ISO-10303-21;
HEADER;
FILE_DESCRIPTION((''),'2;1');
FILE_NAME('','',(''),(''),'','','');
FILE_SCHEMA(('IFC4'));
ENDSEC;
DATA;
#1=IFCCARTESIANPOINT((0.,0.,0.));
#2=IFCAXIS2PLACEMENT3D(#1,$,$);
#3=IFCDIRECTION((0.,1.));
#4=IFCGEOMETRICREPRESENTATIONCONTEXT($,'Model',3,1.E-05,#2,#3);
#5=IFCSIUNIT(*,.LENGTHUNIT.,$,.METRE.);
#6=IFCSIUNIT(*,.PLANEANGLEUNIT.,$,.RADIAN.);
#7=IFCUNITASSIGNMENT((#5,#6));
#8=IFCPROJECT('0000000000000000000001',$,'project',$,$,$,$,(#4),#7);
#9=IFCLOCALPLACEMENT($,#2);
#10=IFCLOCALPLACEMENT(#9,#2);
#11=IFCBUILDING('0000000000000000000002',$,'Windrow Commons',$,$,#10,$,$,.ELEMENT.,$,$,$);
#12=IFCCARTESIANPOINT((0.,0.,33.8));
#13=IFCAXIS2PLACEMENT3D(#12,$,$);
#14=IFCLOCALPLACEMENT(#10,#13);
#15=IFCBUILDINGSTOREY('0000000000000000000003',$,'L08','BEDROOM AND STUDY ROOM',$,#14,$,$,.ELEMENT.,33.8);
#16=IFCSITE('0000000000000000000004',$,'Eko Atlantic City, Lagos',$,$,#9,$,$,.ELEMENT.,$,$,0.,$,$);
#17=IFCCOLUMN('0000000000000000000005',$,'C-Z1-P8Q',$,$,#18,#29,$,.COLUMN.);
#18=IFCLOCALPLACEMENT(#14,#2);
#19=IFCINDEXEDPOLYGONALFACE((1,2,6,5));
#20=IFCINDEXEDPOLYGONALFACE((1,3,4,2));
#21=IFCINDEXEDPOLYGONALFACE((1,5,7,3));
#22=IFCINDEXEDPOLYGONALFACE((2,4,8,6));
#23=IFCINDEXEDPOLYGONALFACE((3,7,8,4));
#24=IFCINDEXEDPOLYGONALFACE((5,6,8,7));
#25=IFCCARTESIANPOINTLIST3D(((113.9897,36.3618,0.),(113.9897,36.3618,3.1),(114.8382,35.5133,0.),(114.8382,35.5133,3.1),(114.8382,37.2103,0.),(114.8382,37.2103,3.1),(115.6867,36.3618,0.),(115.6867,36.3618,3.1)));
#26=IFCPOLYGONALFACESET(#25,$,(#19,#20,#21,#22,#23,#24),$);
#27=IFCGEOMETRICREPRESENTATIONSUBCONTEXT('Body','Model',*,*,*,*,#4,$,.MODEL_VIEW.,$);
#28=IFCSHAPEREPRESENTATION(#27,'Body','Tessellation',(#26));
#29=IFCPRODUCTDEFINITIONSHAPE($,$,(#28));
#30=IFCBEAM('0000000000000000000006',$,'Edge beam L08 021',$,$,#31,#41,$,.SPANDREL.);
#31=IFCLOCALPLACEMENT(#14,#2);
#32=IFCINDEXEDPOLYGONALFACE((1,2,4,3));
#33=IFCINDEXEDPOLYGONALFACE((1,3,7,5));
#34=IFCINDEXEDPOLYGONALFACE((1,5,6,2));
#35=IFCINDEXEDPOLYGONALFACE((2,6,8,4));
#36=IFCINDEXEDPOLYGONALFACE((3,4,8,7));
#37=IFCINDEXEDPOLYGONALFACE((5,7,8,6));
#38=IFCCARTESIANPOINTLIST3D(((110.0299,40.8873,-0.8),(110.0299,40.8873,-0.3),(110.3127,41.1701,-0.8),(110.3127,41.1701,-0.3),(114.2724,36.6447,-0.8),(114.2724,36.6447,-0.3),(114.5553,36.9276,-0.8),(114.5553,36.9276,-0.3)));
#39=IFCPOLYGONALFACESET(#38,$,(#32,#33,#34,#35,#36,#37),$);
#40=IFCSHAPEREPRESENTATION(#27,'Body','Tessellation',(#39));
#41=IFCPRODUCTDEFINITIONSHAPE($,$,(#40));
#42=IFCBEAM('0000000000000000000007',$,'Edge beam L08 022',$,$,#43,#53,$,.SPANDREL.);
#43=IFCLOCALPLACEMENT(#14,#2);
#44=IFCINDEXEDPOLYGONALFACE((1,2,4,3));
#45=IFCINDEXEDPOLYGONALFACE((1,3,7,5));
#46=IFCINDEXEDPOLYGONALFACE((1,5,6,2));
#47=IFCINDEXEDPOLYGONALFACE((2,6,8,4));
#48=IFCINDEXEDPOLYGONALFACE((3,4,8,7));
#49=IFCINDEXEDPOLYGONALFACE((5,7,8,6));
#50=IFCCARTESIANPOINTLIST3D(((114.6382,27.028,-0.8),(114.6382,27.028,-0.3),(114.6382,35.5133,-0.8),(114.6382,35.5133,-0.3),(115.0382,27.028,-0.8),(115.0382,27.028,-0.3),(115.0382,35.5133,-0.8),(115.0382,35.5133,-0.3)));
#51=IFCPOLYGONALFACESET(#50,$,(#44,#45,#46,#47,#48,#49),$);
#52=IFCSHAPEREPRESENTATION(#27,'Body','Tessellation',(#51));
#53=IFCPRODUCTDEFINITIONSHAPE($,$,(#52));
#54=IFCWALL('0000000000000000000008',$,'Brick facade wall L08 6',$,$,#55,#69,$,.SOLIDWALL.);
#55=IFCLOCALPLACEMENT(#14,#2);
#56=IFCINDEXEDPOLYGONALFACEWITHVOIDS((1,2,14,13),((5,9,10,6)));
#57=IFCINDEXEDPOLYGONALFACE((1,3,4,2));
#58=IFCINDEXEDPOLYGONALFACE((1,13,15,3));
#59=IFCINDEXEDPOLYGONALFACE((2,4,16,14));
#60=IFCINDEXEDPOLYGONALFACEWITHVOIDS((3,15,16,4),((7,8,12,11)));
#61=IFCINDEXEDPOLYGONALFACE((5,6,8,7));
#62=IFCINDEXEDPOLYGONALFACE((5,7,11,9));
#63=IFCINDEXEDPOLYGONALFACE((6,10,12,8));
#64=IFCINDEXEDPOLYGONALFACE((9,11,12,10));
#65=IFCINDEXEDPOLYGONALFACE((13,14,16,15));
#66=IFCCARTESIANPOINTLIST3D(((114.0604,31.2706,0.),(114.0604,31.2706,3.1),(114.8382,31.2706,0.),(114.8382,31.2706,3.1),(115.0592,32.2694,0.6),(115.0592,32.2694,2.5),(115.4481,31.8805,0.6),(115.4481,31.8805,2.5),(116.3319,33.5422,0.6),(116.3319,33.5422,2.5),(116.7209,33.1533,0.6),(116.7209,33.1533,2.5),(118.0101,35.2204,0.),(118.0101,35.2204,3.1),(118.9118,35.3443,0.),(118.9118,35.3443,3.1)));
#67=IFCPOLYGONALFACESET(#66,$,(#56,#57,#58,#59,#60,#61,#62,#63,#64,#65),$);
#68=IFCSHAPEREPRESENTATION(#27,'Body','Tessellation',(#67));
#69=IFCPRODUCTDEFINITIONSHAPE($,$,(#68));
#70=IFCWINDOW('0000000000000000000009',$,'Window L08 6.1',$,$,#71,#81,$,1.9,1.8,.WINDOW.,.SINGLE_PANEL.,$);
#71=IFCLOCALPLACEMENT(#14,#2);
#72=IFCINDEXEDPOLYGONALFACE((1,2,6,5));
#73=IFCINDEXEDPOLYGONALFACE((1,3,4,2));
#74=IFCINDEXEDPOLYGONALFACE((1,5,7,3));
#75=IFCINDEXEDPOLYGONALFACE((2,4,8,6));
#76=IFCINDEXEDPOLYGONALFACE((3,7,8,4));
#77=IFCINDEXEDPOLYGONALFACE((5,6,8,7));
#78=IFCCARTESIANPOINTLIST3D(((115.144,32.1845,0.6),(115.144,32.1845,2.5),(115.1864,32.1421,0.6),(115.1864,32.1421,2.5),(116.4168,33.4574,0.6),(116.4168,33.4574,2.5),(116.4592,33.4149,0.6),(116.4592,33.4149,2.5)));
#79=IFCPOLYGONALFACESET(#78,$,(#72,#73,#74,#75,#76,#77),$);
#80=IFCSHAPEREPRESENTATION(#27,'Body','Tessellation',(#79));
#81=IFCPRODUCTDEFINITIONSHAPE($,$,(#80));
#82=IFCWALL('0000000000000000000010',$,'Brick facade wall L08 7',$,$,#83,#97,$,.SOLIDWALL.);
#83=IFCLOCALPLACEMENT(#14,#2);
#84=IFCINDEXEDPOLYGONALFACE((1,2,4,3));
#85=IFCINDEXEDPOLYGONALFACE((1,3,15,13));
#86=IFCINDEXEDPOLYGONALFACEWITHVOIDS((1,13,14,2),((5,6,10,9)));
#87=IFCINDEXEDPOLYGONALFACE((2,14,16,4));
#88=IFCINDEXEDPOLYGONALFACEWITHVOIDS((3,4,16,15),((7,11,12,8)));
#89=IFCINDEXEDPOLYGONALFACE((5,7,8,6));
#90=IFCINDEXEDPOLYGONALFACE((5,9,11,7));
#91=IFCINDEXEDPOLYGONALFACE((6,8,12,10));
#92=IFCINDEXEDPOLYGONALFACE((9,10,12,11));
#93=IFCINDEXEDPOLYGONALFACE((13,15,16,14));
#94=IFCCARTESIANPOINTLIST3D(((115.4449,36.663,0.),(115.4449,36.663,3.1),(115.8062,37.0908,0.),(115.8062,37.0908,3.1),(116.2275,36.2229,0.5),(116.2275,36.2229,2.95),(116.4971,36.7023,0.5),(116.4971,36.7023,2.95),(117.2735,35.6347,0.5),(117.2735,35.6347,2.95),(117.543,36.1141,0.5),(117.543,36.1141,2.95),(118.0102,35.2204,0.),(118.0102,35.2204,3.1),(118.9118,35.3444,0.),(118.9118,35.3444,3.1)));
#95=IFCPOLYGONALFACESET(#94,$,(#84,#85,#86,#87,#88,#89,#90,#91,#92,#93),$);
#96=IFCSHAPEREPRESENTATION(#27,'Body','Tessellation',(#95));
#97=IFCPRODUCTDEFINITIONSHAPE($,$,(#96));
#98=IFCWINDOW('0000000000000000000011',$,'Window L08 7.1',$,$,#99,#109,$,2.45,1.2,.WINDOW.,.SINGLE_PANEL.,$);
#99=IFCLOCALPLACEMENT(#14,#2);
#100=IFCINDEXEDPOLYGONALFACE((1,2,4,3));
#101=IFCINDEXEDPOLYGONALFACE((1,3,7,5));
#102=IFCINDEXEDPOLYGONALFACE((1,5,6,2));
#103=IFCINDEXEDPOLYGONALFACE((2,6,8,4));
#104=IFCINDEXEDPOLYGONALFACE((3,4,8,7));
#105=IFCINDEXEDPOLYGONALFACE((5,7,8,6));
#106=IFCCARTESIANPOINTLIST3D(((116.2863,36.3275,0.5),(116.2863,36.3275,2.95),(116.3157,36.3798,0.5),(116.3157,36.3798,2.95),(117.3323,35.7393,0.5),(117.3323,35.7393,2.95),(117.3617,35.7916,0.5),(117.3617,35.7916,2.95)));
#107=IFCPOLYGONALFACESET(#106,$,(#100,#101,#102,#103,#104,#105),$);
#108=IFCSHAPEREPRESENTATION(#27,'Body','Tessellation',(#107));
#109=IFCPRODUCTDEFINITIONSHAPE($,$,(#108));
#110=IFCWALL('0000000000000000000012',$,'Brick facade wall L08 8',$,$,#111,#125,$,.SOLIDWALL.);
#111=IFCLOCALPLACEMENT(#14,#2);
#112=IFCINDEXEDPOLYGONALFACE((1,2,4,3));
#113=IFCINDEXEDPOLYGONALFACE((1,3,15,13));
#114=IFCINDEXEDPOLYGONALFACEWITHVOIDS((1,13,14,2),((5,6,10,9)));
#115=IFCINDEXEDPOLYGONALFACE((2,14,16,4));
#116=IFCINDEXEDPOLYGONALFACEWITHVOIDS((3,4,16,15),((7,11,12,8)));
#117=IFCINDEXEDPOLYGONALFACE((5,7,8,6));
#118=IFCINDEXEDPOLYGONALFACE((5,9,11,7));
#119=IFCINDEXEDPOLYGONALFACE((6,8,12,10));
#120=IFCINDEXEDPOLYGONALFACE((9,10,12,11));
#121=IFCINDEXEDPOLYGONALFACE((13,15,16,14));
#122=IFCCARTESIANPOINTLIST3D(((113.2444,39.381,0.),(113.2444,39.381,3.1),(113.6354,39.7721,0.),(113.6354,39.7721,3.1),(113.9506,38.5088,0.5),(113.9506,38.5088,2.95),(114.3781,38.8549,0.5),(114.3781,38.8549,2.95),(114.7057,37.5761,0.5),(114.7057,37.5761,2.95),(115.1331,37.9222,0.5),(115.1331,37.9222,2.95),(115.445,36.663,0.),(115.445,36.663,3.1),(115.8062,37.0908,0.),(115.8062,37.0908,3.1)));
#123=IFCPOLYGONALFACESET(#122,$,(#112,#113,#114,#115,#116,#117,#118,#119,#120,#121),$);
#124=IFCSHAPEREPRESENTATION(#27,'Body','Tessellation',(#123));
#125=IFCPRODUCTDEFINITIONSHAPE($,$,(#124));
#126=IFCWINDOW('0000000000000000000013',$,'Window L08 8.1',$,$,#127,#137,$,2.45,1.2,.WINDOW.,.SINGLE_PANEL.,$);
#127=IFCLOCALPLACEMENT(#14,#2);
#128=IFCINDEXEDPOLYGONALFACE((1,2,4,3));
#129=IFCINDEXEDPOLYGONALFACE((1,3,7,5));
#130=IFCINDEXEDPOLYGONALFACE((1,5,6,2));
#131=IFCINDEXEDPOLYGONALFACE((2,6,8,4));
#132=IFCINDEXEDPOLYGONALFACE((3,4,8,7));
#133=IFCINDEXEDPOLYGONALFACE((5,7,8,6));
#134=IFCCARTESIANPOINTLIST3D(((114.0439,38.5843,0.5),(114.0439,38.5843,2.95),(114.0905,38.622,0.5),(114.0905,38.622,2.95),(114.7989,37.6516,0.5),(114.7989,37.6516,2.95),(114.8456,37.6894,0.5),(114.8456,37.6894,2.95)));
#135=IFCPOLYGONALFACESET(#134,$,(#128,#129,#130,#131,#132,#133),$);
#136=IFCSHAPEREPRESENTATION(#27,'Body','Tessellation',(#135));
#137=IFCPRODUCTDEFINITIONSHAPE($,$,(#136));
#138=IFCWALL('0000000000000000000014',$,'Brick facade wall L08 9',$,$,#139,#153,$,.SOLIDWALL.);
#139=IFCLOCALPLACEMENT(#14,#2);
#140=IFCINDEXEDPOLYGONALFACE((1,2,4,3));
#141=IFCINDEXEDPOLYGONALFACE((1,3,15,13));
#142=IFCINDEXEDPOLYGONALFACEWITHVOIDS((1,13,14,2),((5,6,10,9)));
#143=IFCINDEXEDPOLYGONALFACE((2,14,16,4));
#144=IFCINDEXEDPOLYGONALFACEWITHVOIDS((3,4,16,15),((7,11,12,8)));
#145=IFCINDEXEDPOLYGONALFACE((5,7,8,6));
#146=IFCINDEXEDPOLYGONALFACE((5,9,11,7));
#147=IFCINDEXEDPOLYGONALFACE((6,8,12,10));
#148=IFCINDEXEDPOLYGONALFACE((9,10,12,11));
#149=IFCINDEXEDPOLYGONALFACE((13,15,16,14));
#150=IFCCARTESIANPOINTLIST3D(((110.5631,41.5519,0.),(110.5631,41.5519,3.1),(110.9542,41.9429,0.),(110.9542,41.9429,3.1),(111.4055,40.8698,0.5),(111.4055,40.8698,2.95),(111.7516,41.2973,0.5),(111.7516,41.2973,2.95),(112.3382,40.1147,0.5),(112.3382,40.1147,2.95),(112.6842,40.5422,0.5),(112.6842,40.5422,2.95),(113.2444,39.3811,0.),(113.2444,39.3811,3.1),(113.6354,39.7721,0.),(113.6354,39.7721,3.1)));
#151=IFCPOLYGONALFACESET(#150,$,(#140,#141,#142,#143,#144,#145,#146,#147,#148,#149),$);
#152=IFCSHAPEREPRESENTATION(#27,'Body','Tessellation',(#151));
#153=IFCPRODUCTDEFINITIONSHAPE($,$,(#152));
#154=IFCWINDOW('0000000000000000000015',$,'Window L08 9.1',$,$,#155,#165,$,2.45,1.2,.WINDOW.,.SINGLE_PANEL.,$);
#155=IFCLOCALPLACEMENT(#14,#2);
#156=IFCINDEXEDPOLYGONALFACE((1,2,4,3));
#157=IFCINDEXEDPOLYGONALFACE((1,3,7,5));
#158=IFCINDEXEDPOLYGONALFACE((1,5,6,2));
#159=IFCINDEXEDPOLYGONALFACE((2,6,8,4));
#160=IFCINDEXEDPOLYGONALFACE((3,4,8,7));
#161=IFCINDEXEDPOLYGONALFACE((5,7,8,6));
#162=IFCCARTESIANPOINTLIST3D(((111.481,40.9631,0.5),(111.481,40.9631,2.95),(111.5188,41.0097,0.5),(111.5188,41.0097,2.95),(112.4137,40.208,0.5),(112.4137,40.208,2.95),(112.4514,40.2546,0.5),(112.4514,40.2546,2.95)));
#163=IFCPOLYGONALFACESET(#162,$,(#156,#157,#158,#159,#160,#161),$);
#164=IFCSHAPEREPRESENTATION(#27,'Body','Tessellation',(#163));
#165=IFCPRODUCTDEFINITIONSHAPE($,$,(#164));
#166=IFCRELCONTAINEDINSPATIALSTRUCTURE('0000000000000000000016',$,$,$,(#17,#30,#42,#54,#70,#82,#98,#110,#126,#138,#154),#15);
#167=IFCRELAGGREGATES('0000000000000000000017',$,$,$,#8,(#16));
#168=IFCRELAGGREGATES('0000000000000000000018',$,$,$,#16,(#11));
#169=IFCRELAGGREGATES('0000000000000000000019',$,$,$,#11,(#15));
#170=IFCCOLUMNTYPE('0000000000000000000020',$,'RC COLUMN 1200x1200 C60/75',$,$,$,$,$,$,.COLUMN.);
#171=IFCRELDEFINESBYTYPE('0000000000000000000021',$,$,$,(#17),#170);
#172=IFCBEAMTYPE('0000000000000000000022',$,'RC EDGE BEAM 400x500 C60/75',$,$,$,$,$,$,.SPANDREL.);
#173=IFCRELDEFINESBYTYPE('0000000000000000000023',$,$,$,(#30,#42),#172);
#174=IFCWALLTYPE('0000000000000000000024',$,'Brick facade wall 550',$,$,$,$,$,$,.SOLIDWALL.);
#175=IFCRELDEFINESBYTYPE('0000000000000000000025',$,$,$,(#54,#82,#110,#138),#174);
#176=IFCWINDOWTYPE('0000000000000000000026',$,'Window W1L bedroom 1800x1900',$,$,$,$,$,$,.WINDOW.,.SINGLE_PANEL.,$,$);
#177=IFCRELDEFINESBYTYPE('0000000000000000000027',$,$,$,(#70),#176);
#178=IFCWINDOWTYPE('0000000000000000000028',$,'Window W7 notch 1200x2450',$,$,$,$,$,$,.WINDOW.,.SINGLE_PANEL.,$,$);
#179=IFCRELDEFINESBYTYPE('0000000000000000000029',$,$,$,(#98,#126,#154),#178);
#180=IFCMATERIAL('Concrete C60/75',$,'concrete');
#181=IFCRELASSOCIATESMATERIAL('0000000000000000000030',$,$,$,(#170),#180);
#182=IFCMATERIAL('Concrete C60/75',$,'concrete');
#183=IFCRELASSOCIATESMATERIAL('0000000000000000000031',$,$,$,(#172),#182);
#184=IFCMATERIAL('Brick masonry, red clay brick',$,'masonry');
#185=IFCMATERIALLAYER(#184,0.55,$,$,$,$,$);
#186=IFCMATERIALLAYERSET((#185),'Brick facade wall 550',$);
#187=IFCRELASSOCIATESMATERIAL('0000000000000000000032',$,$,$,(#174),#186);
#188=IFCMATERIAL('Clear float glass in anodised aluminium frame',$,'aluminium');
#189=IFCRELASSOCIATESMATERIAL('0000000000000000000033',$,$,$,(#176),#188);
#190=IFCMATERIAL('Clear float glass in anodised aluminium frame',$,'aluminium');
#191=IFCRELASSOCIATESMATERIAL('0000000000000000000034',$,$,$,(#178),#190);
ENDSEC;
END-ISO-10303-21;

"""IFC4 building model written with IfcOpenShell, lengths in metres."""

from ifc_helpers import new_model, si_unit, direction, frame, frame_2d, origin, origin_2d, place, context, subcontext, project, spatial, polyline, rectangle, outline, extrude, material, layer, layer_set, material_profile, profile_set, type_object, element, fill, save


model = new_model("IFC4")

# Units and contexts
model_context = context("Model", 3, precision=1e-05, world=origin(), true_north=direction((0.0, 1.0)))
body_context = subcontext(model_context, "Body", "Model", "MODEL_VIEW")
ifc_project = project(units=[si_unit("LENGTHUNIT", "METRE"), si_unit("PLANEANGLEUNIT", "RADIAN")], contexts=[model_context])

# Site, building, storey
site_placement = place(None, origin())
site = spatial("IfcSite", under=ifc_project, at=site_placement, Name="Eko Atlantic City, Lagos", CompositionType="ELEMENT", RefElevation=0.0)
building_placement = place(site_placement, origin())
building = spatial("IfcBuilding", under=site, at=building_placement, Name="Windrow Commons", CompositionType="ELEMENT")
storey_placement = place(building_placement, frame((0.0, 0.0, 33.8)))
storey = spatial("IfcBuildingStorey", under=building, at=storey_placement, Name="L08", Description="BEDROOM AND STUDY ROOM", CompositionType="ELEMENT", Elevation=33.8)

# Column
ifc_material_1 = material(Name="Concrete C60/75", Category="concrete")
ifc_material_profile_1 = material_profile(ifc_material_1, rectangle(XDim=1.2, YDim=1.2, at=origin_2d()))
ifc_profile_set_1 = profile_set([ifc_material_profile_1], Name="Concrete C60/75")
column_type = type_object("IfcColumnType", Name="RC COLUMN 1200x1200 C60/75", PredefinedType="COLUMN", material=ifc_profile_set_1)
column_placement = place(storey_placement, frame((114.8382, 36.3618, 0.0), z_axis=(0.0, 0.0, 1.0), x_axis=(0.707107, -0.707107, 0.0)))
element("IfcColumn", 1, at=column_placement, inside=storey, type_object=column_type, Name="C-Z1-P8Q", PredefinedType="COLUMN", context=body_context, shape_type="SweptSolid", body=[
    extrude(rectangle(XDim=1.2, YDim=1.2, at=origin_2d()), origin(), (0.0, 0.0, 1.0), 3.1),
])

# Beams
ifc_material_2 = material(Name="Concrete C60/75", Category="concrete")
ifc_material_profile_2 = material_profile(ifc_material_2, rectangle(XDim=0.4, YDim=0.5, at=origin_2d()))
ifc_profile_set_2 = profile_set([ifc_material_profile_2], Name="Concrete C60/75")
beam_type = type_object("IfcBeamType", Name="RC EDGE BEAM 400x500 C60/75", PredefinedType="SPANDREL", material=ifc_profile_set_2)
beam_1_placement = place(storey_placement, frame((110.1713, 41.0287, -0.55), z_axis=(0.707107, -0.707107, 0.0), x_axis=(0.707107, 0.707107, 0.0)))
element("IfcBeam", 2, at=beam_1_placement, inside=storey, type_object=beam_type, Name="Edge beam L08 021", PredefinedType="SPANDREL", context=body_context, shape_type="SweptSolid", body=[
    extrude(rectangle(XDim=0.4, YDim=0.5, at=origin_2d()), origin(), (0.0, 0.0, 1.0), 5.9999),
])
beam_2_placement = place(storey_placement, frame((114.8382, 35.5133, -0.55), z_axis=(0.0, -1.0, 0.0), x_axis=(1.0, 0.0, 0.0)))
element("IfcBeam", 3, at=beam_2_placement, inside=storey, type_object=beam_type, Name="Edge beam L08 022", PredefinedType="SPANDREL", context=body_context, shape_type="SweptSolid", body=[
    extrude(rectangle(XDim=0.4, YDim=0.5, at=origin_2d()), origin(), (0.0, 0.0, 1.0), 8.4853),
])

# Walls, openings, windows
ifc_material_3 = material(Name="Brick masonry, red clay brick", Category="masonry")
ifc_layer_1 = layer(ifc_material_3, 0.55)
ifc_layer_set_1 = layer_set([ifc_layer_1], Name="Brick facade wall 550")
wall_type_1 = type_object("IfcWallType", Name="Brick facade wall 550", PredefinedType="SOLIDWALL", material=ifc_layer_set_1)
wall_1_placement = place(storey_placement, frame((114.4493, 31.2706, 0.0), z_axis=(0.0, 0.0, 1.0), x_axis=(0.707098, 0.707116, 0.0)))
wall_1 = element("IfcWall", 4, at=wall_1_placement, inside=storey, type_object=wall_type_1, Name="Brick facade wall L08 6", PredefinedType="SOLIDWALL", context=body_context, shape_type="SweptSolid", body=[
    extrude(outline(polyline([(0.275, -0.275), (6.036, -0.275), (5.3108, 0.275), (-0.275, 0.275), (0.275, -0.275)])), origin(), (0.0, 0.0, 1.0), 3.1),
])
opening_1_placement = place(wall_1_placement, frame((1.1375, 0.0, 0.6)))
opening_1 = element("IfcOpeningElement", 5, at=opening_1_placement, cuts=wall_1, PredefinedType="OPENING", context=body_context, shape_type="SweptSolid", body=[
    extrude(rectangle(XDim=1.8, YDim=1.9, at=frame_2d((0.9, 0.95))), frame((0.0, 0.285, 0.0), z_axis=(0.0, -1.0, 0.0), x_axis=(1.0, 0.0, 0.0)), (0.0, 0.0, 1.0), 0.57),
])
ifc_material_4 = material(Name="Clear float glass in anodised aluminium frame", Category="aluminium")
window_type_1 = type_object("IfcWindowType", Name="Window W1L bedroom 1800x1900", PartitioningType="SINGLE_PANEL", PredefinedType="WINDOW", material=ifc_material_4)
window_1_placement = place(opening_1_placement, origin())
window_1 = element("IfcWindow", 6, at=window_1_placement, inside=storey, type_object=window_type_1, Name="Window L08 6.1", OverallHeight=1.9, OverallWidth=1.8, PartitioningType="SINGLE_PANEL", PredefinedType="WINDOW", context=body_context, shape_type="SweptSolid", body=[
    extrude(rectangle(XDim=1.8, YDim=1.9, at=frame_2d((0.9, 0.95))), frame((0.0, 0.155, 0.0), z_axis=(0.0, -1.0, 0.0), x_axis=(1.0, 0.0, 0.0)), (0.0, 0.0, 1.0), 0.06),
])
fill(opening_1, window_1)
wall_2_placement = place(storey_placement, frame((118.461, 35.2824, 0.0), z_axis=(0.0, 0.0, 1.0), x_axis=(-0.87163, 0.490165, 0.0)))
wall_2 = element("IfcWall", 7, at=wall_2_placement, inside=storey, type_object=wall_type_1, Name="Brick facade wall L08 7", PredefinedType="SOLIDWALL", context=body_context, shape_type="SweptSolid", body=[
    extrude(outline(polyline([(-0.3626, -0.275), (3.2004, -0.275), (3.3056, 0.275), (0.3626, 0.275), (-0.3626, -0.275)])), origin(), (0.0, 0.0, 1.0), 3.1),
])
opening_2_placement = place(wall_2_placement, frame((1.2078, 0.0, 0.5)))
opening_2 = element("IfcOpeningElement", 8, at=opening_2_placement, cuts=wall_2, PredefinedType="OPENING", context=body_context, shape_type="SweptSolid", body=[
    extrude(rectangle(XDim=1.2, YDim=2.45, at=frame_2d((0.6, 1.225))), frame((0.0, 0.285, 0.0), z_axis=(0.0, -1.0, 0.0), x_axis=(1.0, 0.0, 0.0)), (0.0, 0.0, 1.0), 0.57),
])
ifc_material_5 = material(Name="Clear float glass in anodised aluminium frame", Category="aluminium")
window_type_2 = type_object("IfcWindowType", Name="Window W7 notch 1200x2450", PartitioningType="SINGLE_PANEL", PredefinedType="WINDOW", material=ifc_material_5)
window_2_placement = place(opening_2_placement, origin())
window_2 = element("IfcWindow", 9, at=window_2_placement, inside=storey, type_object=window_type_2, Name="Window L08 7.1", OverallHeight=2.45, OverallWidth=1.2, PartitioningType="SINGLE_PANEL", PredefinedType="WINDOW", context=body_context, shape_type="SweptSolid", body=[
    extrude(rectangle(XDim=1.2, YDim=2.45, at=frame_2d((0.6, 1.225))), frame((0.0, 0.155, 0.0), z_axis=(0.0, -1.0, 0.0), x_axis=(1.0, 0.0, 0.0)), (0.0, 0.0, 1.0), 0.06),
])
fill(opening_2, window_2)
wall_3_placement = place(storey_placement, frame((115.6256, 36.8769, 0.0), z_axis=(0.0, 0.0, 1.0), x_axis=(-0.629238, 0.777213, 0.0)))
wall_3 = element("IfcWall", 10, at=wall_3_placement, inside=storey, type_object=wall_type_1, Name="Brick facade wall L08 8", PredefinedType="SOLIDWALL", context=body_context, shape_type="SweptSolid", body=[
    extrude(outline(polyline([(0.0526, -0.275), (3.5025, -0.275), (3.4446, 0.275), (-0.0526, 0.275), (0.0526, -0.275)])), origin(), (0.0, 0.0, 1.0), 3.1),
])
opening_3_placement = place(wall_3_placement, frame((1.1223, 0.0, 0.5)))
opening_3 = element("IfcOpeningElement", 11, at=opening_3_placement, cuts=wall_3, PredefinedType="OPENING", context=body_context, shape_type="SweptSolid", body=[
    extrude(rectangle(XDim=1.2, YDim=2.45, at=frame_2d((0.6, 1.225))), frame((0.0, 0.285, 0.0), z_axis=(0.0, -1.0, 0.0), x_axis=(1.0, 0.0, 0.0)), (0.0, 0.0, 1.0), 0.57),
])
window_3_placement = place(opening_3_placement, origin())
window_3 = element("IfcWindow", 12, at=window_3_placement, inside=storey, type_object=window_type_2, Name="Window L08 8.1", OverallHeight=2.45, OverallWidth=1.2, PartitioningType="SINGLE_PANEL", PredefinedType="WINDOW", context=body_context, shape_type="SweptSolid", body=[
    extrude(rectangle(XDim=1.2, YDim=2.45, at=frame_2d((0.6, 1.225))), frame((0.0, 0.155, 0.0), z_axis=(0.0, -1.0, 0.0), x_axis=(1.0, 0.0, 0.0)), (0.0, 0.0, 1.0), 0.06),
])
fill(opening_3, window_3)
wall_4_placement = place(storey_placement, frame((113.4399, 39.5766, 0.0), z_axis=(0.0, 0.0, 1.0), x_axis=(-0.777213, 0.629237, 0.0)))
wall_4 = element("IfcWall", 13, at=wall_4_placement, inside=storey, type_object=wall_type_1, Name="Brick facade wall L08 9", PredefinedType="SOLIDWALL", context=body_context, shape_type="SweptSolid", body=[
    extrude(outline(polyline([(-0.0289, -0.275), (3.4209, -0.275), (3.4788, 0.275), (0.0289, 0.275), (-0.0289, -0.275)])), origin(), (0.0, 0.0, 1.0), 3.1),
])
opening_4_placement = place(wall_4_placement, frame((1.1949, 0.0, 0.5)))
opening_4 = element("IfcOpeningElement", 14, at=opening_4_placement, cuts=wall_4, PredefinedType="OPENING", context=body_context, shape_type="SweptSolid", body=[
    extrude(rectangle(XDim=1.2, YDim=2.45, at=frame_2d((0.6, 1.225))), frame((0.0, 0.285, 0.0), z_axis=(0.0, -1.0, 0.0), x_axis=(1.0, 0.0, 0.0)), (0.0, 0.0, 1.0), 0.57),
])
window_4_placement = place(opening_4_placement, origin())
window_4 = element("IfcWindow", 15, at=window_4_placement, inside=storey, type_object=window_type_2, Name="Window L08 9.1", OverallHeight=2.45, OverallWidth=1.2, PartitioningType="SINGLE_PANEL", PredefinedType="WINDOW", context=body_context, shape_type="SweptSolid", body=[
    extrude(rectangle(XDim=1.2, YDim=2.45, at=frame_2d((0.6, 1.225))), frame((0.0, 0.155, 0.0), z_axis=(0.0, -1.0, 0.0), x_axis=(1.0, 0.0, 0.0)), (0.0, 0.0, 1.0), 0.06),
])
fill(opening_4, window_4)

save(model, "model.ifc")
